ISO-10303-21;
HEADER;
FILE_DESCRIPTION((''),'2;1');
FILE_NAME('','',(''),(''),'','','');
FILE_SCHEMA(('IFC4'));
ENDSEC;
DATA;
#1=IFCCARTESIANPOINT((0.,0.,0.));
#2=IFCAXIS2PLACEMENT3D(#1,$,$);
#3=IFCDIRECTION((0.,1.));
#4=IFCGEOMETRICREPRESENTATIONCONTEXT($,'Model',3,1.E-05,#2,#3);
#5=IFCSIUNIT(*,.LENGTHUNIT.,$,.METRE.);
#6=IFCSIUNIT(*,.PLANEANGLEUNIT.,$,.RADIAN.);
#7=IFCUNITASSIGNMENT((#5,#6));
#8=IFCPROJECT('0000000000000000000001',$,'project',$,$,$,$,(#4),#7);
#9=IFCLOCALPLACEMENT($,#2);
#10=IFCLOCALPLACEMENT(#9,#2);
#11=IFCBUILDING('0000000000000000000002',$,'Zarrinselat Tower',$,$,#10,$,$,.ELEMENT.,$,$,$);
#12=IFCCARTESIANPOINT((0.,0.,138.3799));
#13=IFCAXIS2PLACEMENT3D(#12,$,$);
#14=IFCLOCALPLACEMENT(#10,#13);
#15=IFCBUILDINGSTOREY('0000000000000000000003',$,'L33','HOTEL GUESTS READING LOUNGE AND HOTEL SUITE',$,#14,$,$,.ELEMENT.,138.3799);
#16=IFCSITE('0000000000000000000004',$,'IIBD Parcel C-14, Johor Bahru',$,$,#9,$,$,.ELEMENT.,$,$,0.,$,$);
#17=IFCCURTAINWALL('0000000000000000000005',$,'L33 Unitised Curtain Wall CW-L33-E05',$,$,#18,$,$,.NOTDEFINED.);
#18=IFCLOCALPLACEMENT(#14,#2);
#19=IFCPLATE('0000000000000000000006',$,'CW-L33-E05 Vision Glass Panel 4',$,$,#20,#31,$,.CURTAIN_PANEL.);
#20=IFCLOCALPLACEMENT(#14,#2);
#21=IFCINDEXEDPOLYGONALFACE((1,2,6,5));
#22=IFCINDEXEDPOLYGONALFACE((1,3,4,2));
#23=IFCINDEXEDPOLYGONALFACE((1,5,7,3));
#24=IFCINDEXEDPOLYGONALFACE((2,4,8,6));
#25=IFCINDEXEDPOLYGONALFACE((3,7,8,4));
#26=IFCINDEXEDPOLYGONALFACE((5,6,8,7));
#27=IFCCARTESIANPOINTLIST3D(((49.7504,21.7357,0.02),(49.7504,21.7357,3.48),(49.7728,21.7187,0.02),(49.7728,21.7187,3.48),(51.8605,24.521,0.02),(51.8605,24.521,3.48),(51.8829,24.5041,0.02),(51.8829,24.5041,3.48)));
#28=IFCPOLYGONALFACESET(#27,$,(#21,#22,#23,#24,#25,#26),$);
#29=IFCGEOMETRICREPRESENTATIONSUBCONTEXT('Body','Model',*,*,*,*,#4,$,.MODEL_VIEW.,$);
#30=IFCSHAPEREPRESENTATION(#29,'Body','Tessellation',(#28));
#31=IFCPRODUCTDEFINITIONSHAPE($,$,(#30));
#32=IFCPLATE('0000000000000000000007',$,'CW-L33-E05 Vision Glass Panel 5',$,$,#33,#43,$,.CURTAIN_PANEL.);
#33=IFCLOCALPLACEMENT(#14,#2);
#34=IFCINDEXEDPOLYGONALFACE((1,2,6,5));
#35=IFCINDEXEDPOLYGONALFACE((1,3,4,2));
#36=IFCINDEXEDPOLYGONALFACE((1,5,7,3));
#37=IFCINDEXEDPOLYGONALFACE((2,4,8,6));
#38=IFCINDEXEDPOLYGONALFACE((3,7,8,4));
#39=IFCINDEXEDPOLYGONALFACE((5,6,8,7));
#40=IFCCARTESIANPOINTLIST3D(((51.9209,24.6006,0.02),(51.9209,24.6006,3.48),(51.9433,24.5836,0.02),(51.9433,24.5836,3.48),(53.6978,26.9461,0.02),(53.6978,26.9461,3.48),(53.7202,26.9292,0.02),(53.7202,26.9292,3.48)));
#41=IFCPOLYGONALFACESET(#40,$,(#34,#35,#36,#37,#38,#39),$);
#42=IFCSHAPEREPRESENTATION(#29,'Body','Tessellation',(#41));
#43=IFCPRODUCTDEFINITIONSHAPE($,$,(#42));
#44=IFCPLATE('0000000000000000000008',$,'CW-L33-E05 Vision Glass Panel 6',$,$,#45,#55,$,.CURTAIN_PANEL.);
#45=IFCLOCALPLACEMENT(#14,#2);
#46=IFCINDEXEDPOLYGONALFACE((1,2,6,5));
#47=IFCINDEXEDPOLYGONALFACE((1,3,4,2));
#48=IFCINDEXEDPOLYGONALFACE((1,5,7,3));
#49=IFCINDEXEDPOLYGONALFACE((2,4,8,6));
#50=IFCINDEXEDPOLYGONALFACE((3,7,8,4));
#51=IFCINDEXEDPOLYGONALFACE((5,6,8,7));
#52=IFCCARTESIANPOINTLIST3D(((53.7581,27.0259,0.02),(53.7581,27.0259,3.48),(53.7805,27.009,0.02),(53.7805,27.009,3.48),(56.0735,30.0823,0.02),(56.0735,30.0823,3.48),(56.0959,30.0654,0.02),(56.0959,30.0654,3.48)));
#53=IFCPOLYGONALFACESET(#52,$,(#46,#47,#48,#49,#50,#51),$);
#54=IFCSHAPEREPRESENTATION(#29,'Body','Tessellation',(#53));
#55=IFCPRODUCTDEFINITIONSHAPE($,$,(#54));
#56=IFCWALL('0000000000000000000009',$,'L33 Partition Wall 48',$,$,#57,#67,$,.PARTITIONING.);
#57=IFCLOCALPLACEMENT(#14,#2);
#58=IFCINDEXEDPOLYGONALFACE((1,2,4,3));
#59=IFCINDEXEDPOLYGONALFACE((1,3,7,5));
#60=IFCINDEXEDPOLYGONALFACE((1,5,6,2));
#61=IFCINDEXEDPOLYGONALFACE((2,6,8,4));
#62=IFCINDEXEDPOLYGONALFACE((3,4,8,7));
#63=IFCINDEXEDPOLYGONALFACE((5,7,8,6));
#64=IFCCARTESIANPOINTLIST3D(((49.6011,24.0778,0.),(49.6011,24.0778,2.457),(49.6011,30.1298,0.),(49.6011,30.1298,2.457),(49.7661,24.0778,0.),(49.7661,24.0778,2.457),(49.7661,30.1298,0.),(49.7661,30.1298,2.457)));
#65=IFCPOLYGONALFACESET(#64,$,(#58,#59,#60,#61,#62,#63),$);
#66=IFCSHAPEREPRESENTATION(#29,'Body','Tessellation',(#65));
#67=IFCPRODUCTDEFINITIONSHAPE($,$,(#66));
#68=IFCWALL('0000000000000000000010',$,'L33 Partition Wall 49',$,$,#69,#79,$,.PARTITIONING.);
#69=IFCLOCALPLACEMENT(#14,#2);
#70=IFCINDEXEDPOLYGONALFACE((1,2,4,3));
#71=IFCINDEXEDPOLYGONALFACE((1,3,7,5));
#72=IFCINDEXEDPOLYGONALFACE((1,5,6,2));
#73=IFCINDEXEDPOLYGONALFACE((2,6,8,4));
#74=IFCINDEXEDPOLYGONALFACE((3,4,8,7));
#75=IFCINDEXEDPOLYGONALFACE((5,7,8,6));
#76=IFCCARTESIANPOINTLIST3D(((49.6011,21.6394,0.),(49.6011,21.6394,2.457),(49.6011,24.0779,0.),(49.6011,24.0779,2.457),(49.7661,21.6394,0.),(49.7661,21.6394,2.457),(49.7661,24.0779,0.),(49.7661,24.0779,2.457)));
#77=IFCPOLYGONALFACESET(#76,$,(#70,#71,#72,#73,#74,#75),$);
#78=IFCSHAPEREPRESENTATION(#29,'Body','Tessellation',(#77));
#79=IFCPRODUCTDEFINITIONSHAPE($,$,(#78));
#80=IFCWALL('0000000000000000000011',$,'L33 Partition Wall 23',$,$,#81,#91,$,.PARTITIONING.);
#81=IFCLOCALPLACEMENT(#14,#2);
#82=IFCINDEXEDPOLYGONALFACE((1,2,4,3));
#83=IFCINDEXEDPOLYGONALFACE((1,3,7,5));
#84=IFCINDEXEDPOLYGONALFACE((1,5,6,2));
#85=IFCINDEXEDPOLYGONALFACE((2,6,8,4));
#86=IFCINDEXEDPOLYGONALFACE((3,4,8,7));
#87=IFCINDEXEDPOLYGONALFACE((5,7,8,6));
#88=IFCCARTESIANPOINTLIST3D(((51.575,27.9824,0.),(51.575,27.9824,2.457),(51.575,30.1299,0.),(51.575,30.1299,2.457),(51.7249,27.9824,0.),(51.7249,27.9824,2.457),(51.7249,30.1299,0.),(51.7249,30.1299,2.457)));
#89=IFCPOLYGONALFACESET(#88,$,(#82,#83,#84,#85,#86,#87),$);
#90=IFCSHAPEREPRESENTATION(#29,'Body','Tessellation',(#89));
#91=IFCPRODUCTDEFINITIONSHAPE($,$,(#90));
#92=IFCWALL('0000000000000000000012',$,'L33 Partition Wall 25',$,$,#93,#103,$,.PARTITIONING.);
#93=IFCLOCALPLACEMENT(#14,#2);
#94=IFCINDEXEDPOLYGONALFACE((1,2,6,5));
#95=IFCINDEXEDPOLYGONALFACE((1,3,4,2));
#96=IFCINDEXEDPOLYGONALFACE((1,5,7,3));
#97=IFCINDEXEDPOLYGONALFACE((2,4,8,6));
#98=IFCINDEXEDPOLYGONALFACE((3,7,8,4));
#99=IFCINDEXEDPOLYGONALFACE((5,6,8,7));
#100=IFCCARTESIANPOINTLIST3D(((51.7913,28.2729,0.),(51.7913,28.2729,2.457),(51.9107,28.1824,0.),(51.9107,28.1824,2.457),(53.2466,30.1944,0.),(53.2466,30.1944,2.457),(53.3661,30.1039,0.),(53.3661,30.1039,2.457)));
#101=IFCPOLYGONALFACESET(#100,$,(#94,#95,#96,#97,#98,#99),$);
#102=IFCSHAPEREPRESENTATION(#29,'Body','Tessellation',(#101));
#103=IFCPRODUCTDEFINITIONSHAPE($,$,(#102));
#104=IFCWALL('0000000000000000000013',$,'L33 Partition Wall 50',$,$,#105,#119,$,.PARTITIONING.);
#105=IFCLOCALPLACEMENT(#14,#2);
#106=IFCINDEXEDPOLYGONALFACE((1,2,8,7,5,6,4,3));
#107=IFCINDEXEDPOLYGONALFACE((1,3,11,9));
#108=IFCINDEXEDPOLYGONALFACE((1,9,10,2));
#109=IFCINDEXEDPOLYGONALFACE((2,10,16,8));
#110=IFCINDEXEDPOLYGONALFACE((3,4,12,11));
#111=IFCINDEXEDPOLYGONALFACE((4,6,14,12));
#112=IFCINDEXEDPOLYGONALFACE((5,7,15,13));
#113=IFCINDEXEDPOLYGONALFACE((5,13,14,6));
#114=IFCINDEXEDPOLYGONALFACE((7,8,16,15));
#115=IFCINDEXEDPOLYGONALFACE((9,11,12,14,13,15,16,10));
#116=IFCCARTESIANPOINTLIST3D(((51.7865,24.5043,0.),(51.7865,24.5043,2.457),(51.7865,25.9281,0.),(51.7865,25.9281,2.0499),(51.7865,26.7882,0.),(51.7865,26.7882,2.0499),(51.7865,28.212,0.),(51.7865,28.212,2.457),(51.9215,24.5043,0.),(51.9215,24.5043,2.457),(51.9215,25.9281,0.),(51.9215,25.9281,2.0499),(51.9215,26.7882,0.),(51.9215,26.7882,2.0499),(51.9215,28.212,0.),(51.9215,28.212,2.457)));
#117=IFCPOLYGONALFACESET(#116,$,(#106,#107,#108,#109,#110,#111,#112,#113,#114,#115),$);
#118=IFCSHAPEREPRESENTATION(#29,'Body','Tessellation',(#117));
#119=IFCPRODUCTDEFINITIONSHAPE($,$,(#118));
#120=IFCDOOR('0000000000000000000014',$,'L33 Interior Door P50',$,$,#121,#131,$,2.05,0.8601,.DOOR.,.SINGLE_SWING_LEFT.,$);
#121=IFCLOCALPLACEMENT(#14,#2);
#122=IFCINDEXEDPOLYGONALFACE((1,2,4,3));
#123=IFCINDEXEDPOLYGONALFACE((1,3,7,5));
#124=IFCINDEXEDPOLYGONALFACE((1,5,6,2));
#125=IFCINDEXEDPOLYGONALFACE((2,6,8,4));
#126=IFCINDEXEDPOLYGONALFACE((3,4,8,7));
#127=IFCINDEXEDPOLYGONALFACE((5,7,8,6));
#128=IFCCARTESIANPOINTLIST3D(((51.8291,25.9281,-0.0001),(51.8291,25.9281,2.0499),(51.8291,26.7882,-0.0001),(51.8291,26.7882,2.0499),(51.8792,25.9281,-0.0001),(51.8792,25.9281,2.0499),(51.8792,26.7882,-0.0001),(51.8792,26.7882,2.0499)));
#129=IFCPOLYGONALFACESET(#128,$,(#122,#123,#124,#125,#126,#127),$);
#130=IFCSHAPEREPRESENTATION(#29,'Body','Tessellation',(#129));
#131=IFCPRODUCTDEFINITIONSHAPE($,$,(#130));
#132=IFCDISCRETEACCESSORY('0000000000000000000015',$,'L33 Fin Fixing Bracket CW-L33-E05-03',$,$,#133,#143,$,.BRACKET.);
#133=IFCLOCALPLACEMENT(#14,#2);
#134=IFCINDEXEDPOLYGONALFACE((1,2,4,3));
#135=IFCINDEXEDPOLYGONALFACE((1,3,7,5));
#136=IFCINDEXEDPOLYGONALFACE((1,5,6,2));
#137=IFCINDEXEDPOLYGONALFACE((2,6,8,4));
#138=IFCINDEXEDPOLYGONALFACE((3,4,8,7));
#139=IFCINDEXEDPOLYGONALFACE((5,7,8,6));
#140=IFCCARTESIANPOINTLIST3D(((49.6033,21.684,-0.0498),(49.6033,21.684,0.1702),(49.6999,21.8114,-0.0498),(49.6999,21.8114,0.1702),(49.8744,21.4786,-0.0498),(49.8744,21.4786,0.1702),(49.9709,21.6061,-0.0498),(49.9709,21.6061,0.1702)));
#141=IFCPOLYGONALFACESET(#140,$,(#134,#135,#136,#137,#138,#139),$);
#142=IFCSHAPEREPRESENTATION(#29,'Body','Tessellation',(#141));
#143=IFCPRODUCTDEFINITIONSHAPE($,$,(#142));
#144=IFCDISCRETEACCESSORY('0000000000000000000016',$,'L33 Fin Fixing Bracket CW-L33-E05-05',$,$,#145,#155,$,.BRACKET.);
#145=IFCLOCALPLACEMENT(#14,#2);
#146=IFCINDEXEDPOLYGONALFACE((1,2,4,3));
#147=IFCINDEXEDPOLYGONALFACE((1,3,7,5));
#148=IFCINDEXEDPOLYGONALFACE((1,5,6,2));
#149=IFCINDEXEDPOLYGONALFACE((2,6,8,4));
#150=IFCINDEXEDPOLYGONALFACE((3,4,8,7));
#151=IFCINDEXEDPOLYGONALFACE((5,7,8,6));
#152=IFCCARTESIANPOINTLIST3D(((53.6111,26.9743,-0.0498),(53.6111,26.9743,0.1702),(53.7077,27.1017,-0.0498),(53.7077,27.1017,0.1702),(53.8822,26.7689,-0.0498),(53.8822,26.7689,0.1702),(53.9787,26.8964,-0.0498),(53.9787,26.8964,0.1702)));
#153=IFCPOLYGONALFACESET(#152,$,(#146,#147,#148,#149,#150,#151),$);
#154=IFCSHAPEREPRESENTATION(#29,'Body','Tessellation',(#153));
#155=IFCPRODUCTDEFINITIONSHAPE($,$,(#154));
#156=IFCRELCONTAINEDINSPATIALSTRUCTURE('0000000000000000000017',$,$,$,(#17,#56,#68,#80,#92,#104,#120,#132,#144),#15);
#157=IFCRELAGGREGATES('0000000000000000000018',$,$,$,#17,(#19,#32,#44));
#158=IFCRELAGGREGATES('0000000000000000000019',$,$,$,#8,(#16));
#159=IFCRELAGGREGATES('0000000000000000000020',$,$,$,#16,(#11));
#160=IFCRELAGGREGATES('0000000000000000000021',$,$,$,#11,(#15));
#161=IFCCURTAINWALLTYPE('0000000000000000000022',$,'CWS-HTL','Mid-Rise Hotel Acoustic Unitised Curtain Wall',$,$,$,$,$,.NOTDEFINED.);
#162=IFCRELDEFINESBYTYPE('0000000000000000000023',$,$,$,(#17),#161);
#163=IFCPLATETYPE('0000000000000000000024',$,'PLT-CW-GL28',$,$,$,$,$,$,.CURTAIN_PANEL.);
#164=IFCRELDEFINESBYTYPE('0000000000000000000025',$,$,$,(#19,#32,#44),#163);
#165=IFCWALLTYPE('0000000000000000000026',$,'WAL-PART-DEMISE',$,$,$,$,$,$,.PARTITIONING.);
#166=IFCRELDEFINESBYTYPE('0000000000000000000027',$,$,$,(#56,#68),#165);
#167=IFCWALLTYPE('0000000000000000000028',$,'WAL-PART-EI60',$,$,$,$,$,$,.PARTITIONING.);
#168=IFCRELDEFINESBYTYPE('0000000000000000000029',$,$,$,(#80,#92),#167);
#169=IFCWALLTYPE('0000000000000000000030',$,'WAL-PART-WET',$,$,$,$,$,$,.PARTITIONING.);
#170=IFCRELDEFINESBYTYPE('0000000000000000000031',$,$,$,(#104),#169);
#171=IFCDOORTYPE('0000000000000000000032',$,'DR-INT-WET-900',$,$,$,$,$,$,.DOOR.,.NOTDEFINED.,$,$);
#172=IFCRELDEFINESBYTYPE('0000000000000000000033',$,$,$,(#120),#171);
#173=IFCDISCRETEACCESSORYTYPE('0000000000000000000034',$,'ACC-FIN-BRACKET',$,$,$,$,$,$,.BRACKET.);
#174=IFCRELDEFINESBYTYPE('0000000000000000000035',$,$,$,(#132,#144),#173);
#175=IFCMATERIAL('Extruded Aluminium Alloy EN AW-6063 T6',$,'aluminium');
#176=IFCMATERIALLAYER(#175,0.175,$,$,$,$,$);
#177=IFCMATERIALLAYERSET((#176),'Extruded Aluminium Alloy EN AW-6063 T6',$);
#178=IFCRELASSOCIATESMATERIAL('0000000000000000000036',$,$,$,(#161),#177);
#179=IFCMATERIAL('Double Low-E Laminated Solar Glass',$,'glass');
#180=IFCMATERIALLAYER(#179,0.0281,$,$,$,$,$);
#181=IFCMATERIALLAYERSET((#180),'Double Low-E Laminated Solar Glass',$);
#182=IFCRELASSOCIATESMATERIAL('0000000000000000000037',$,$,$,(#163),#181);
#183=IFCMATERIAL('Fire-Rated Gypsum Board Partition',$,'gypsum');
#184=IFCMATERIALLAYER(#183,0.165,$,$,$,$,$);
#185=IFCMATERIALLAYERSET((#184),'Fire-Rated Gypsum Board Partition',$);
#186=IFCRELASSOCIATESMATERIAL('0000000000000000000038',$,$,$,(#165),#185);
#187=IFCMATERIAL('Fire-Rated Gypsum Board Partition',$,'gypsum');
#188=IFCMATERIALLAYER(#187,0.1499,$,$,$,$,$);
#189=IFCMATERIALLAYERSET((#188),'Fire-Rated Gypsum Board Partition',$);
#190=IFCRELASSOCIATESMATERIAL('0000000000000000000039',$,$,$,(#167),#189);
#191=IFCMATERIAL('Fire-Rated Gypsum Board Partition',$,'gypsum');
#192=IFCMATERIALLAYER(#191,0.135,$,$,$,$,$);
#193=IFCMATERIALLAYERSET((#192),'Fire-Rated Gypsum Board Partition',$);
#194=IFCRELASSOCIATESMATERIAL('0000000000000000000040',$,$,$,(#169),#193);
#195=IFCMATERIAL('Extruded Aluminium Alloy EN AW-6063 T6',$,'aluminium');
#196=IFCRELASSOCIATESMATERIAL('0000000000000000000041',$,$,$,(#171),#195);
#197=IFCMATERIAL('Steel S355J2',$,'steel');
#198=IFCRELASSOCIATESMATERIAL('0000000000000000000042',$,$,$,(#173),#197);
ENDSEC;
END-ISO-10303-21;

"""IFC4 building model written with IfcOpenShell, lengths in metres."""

from ifc_helpers import new_model, si_unit, direction, frame, frame_2d, origin, origin_2d, place, context, subcontext, project, spatial, rectangle, extrude, material, layer, layer_set, type_object, element, fill, aggregate, save


model = new_model("IFC4")

# Units and contexts
model_context = context("Model", 3, precision=1e-05, world=origin(), true_north=direction((0.0, 1.0)))
body_context = subcontext(model_context, "Body", "Model", "MODEL_VIEW")
ifc_project = project(units=[si_unit("LENGTHUNIT", "METRE"), si_unit("PLANEANGLEUNIT", "RADIAN")], contexts=[model_context])

# Site, building, storey
site_placement = place(None, origin())
site = spatial("IfcSite", under=ifc_project, at=site_placement, Name="IIBD Parcel C-14, Johor Bahru", CompositionType="ELEMENT", RefElevation=0.0)
building_placement = place(site_placement, origin())
building = spatial("IfcBuilding", under=site, at=building_placement, Name="Zarrinselat Tower", CompositionType="ELEMENT")
storey_placement = place(building_placement, frame((0.0, 0.0, 138.3799)))
storey = spatial("IfcBuildingStorey", under=building, at=storey_placement, Name="L33", Description="HOTEL GUESTS READING LOUNGE AND HOTEL SUITE", CompositionType="ELEMENT", Elevation=138.3799)

# Curtain wall, plates
ifc_material_1 = material(Name="Extruded Aluminium Alloy EN AW-6063 T6", Category="aluminium")
ifc_layer_1 = layer(ifc_material_1, 0.175)
ifc_layer_set_1 = layer_set([ifc_layer_1], Name="Extruded Aluminium Alloy EN AW-6063 T6")
curtain_wall_type = type_object("IfcCurtainWallType", Name="CWS-HTL", Description="Mid-Rise Hotel Acoustic Unitised Curtain Wall", PredefinedType="NOTDEFINED", material=ifc_layer_set_1)
curtain_wall_placement = place(storey_placement, origin())
curtain_wall = element("IfcCurtainWall", 1, at=curtain_wall_placement, inside=storey, type_object=curtain_wall_type, Name="L33 Unitised Curtain Wall CW-L33-E05", PredefinedType="NOTDEFINED")
ifc_material_2 = material(Name="Double Low-E Laminated Solar Glass", Category="glass")
ifc_layer_2 = layer(ifc_material_2, 0.0281)
ifc_layer_set_2 = layer_set([ifc_layer_2], Name="Double Low-E Laminated Solar Glass")
plate_type = type_object("IfcPlateType", Name="PLT-CW-GL28", PredefinedType="CURTAIN_PANEL", material=ifc_layer_set_2)
plate_1_placement = place(storey_placement, frame((50.8167, 23.1199, 0.02), z_axis=(0.0, 0.0, 1.0), x_axis=(0.603856, 0.797094, 0.0)))
plate_1 = element("IfcPlate", 2, at=plate_1_placement, type_object=plate_type, Name="CW-L33-E05 Vision Glass Panel 4", PredefinedType="CURTAIN_PANEL", context=body_context, shape_type="SweptSolid", body=[
    extrude(rectangle(XDim=3.4944, YDim=0.0281, at=origin_2d()), origin(), (0.0, 0.0, 1.0), 3.46),
])
plate_2_placement = place(storey_placement, frame((52.8206, 25.7649, 0.02), z_axis=(0.0, 0.0, 1.0), x_axis=(0.603856, 0.797094, 0.0)))
plate_2 = element("IfcPlate", 3, at=plate_2_placement, type_object=plate_type, Name="CW-L33-E05 Vision Glass Panel 5", PredefinedType="CURTAIN_PANEL", context=body_context, shape_type="SweptSolid", body=[
    extrude(rectangle(XDim=2.9426, YDim=0.0281, at=origin_2d()), origin(), (0.0, 0.0, 1.0), 3.46),
])
plate_3_placement = place(storey_placement, frame((54.927, 28.5457, 0.02), z_axis=(0.0, 0.0, 1.0), x_axis=(0.603856, 0.797094, 0.0)))
plate_3 = element("IfcPlate", 4, at=plate_3_placement, type_object=plate_type, Name="CW-L33-E05 Vision Glass Panel 6", PredefinedType="CURTAIN_PANEL", context=body_context, shape_type="SweptSolid", body=[
    extrude(rectangle(XDim=3.8345, YDim=0.0281, at=origin_2d()), origin(), (0.0, 0.0, 1.0), 3.46),
])
aggregate(curtain_wall, [plate_1, plate_2, plate_3])

# Walls
ifc_material_3 = material(Name="Fire-Rated Gypsum Board Partition", Category="gypsum")
ifc_layer_3 = layer(ifc_material_3, 0.165)
ifc_layer_set_3 = layer_set([ifc_layer_3], Name="Fire-Rated Gypsum Board Partition")
wall_type_1 = type_object("IfcWallType", Name="WAL-PART-DEMISE", PredefinedType="PARTITIONING", material=ifc_layer_set_3)
wall_1_placement = place(storey_placement, frame((49.6836, 24.0779, 0.0), z_axis=(0.0, 0.0, 1.0), x_axis=(0.0, 1.0, 0.0)))
element("IfcWall", 5, at=wall_1_placement, inside=storey, type_object=wall_type_1, Name="L33 Partition Wall 48", PredefinedType="PARTITIONING", context=body_context, shape_type="SweptSolid", body=[
    extrude(rectangle(XDim=6.052, YDim=0.165, at=frame_2d((3.0259, 0.0))), origin(), (0.0, 0.0, 1.0), 2.457),
])
wall_2_placement = place(storey_placement, frame((49.6836, 21.6394, 0.0), z_axis=(0.0, 0.0, 1.0), x_axis=(0.0, 1.0, 0.0)))
element("IfcWall", 6, at=wall_2_placement, inside=storey, type_object=wall_type_1, Name="L33 Partition Wall 49", PredefinedType="PARTITIONING", context=body_context, shape_type="SweptSolid", body=[
    extrude(rectangle(XDim=2.4385, YDim=0.165, at=frame_2d((1.2192, 0.0))), origin(), (0.0, 0.0, 1.0), 2.457),
])
ifc_material_4 = material(Name="Fire-Rated Gypsum Board Partition", Category="gypsum")
ifc_layer_4 = layer(ifc_material_4, 0.1499)
ifc_layer_set_4 = layer_set([ifc_layer_4], Name="Fire-Rated Gypsum Board Partition")
wall_type_2 = type_object("IfcWallType", Name="WAL-PART-EI60", PredefinedType="PARTITIONING", material=ifc_layer_set_4)
wall_3_placement = place(storey_placement, frame((51.6499, 27.9824, 0.0), z_axis=(0.0, 0.0, 1.0), x_axis=(0.0, 1.0, 0.0)))
element("IfcWall", 7, at=wall_3_placement, inside=storey, type_object=wall_type_2, Name="L33 Partition Wall 23", PredefinedType="PARTITIONING", context=body_context, shape_type="SweptSolid", body=[
    extrude(rectangle(XDim=2.1475, YDim=0.1499, at=frame_2d((1.0737, 0.0))), origin(), (0.0, 0.0, 1.0), 2.457),
])
wall_4_placement = place(storey_placement, frame((51.8511, 28.2278, 0.0), z_axis=(0.0, 0.0, 1.0), x_axis=(0.603786, 0.797147, 0.0)))
element("IfcWall", 8, at=wall_4_placement, inside=storey, type_object=wall_type_2, Name="L33 Partition Wall 25", PredefinedType="PARTITIONING", context=body_context, shape_type="SweptSolid", body=[
    extrude(rectangle(XDim=2.4104, YDim=0.1499, at=frame_2d((1.2051, 0.0))), origin(), (0.0, 0.0, 1.0), 2.457),
])

# Wall, opening, door
ifc_material_5 = material(Name="Fire-Rated Gypsum Board Partition", Category="gypsum")
ifc_layer_5 = layer(ifc_material_5, 0.135)
ifc_layer_set_5 = layer_set([ifc_layer_5], Name="Fire-Rated Gypsum Board Partition")
wall_type_3 = type_object("IfcWallType", Name="WAL-PART-WET", PredefinedType="PARTITIONING", material=ifc_layer_set_5)
wall_5_placement = place(storey_placement, frame((51.854, 24.5042, 0.0), z_axis=(0.0, 0.0, 1.0), x_axis=(0.0, 1.0, 0.0)))
wall_5 = element("IfcWall", 9, at=wall_5_placement, inside=storey, type_object=wall_type_3, Name="L33 Partition Wall 50", PredefinedType="PARTITIONING", context=body_context, shape_type="SweptSolid", body=[
    extrude(rectangle(XDim=3.7078, YDim=0.135, at=frame_2d((1.854, 0.0))), origin(), (0.0, 0.0, 1.0), 2.457),
])
opening_placement = place(wall_5_placement, frame((1.4238, 0.0, 0.0)))
opening = element("IfcOpeningElement", 10, at=opening_placement, cuts=wall_5, PredefinedType="OPENING", context=body_context, shape_type="SweptSolid", body=[
    extrude(rectangle(XDim=0.8601, YDim=2.05, at=frame_2d((0.4302, 1.0249))), frame((0.0, 0.0774, 0.0), z_axis=(0.0, -1.0, 0.0), x_axis=(1.0, 0.0, 0.0)), (0.0, 0.0, 1.0), 0.155),
])
ifc_material_6 = material(Name="Extruded Aluminium Alloy EN AW-6063 T6", Category="aluminium")
door_type = type_object("IfcDoorType", Name="DR-INT-WET-900", OperationType="NOTDEFINED", PredefinedType="DOOR", material=ifc_material_6)
door_placement = place(opening_placement, origin())
door = element("IfcDoor", 11, at=door_placement, inside=storey, type_object=door_type, Name="L33 Interior Door P50", OperationType="SINGLE_SWING_LEFT", OverallHeight=2.05, OverallWidth=0.8601, PredefinedType="DOOR", context=body_context, shape_type="SweptSolid", body=[
    extrude(rectangle(XDim=0.8601, YDim=2.05, at=frame_2d((0.4302, 1.0249))), frame((0.0, 0.0249, 0.0), z_axis=(0.0, -1.0, 0.0), x_axis=(1.0, 0.0, 0.0)), (0.0, 0.0, 1.0), 0.05),
])
fill(opening, door)

# Discrete accessories
ifc_material_7 = material(Name="Steel S355J2", Category="steel")
discrete_accessory_type = type_object("IfcDiscreteAccessoryType", Name="ACC-FIN-BRACKET", PredefinedType="BRACKET", material=ifc_material_7)
for number, where, z_axis, x_axis, name in (
    (12, (49.7871, 21.645, -0.0498), (0.0, 0.0, 1.0), (0.797094, -0.603856, 0.0), "L33 Fin Fixing Bracket CW-L33-E05-03"),
    (13, (53.7949, 26.9353, -0.0498), (0.0, 0.0, 1.0), (0.797094, -0.603856, 0.0), "L33 Fin Fixing Bracket CW-L33-E05-05"),
):
    element("IfcDiscreteAccessory", number, at=place(storey_placement, frame(where, z_axis=z_axis, x_axis=x_axis)), inside=storey, type_object=discrete_accessory_type, Name=name, PredefinedType="BRACKET", context=body_context, shape_type="SweptSolid", body=[
        extrude(rectangle(XDim=0.3401, YDim=0.1599, at=origin_2d()), origin(), (0.0, 0.0, 1.0), 0.22),
    ])

save(model, "model.ifc")
